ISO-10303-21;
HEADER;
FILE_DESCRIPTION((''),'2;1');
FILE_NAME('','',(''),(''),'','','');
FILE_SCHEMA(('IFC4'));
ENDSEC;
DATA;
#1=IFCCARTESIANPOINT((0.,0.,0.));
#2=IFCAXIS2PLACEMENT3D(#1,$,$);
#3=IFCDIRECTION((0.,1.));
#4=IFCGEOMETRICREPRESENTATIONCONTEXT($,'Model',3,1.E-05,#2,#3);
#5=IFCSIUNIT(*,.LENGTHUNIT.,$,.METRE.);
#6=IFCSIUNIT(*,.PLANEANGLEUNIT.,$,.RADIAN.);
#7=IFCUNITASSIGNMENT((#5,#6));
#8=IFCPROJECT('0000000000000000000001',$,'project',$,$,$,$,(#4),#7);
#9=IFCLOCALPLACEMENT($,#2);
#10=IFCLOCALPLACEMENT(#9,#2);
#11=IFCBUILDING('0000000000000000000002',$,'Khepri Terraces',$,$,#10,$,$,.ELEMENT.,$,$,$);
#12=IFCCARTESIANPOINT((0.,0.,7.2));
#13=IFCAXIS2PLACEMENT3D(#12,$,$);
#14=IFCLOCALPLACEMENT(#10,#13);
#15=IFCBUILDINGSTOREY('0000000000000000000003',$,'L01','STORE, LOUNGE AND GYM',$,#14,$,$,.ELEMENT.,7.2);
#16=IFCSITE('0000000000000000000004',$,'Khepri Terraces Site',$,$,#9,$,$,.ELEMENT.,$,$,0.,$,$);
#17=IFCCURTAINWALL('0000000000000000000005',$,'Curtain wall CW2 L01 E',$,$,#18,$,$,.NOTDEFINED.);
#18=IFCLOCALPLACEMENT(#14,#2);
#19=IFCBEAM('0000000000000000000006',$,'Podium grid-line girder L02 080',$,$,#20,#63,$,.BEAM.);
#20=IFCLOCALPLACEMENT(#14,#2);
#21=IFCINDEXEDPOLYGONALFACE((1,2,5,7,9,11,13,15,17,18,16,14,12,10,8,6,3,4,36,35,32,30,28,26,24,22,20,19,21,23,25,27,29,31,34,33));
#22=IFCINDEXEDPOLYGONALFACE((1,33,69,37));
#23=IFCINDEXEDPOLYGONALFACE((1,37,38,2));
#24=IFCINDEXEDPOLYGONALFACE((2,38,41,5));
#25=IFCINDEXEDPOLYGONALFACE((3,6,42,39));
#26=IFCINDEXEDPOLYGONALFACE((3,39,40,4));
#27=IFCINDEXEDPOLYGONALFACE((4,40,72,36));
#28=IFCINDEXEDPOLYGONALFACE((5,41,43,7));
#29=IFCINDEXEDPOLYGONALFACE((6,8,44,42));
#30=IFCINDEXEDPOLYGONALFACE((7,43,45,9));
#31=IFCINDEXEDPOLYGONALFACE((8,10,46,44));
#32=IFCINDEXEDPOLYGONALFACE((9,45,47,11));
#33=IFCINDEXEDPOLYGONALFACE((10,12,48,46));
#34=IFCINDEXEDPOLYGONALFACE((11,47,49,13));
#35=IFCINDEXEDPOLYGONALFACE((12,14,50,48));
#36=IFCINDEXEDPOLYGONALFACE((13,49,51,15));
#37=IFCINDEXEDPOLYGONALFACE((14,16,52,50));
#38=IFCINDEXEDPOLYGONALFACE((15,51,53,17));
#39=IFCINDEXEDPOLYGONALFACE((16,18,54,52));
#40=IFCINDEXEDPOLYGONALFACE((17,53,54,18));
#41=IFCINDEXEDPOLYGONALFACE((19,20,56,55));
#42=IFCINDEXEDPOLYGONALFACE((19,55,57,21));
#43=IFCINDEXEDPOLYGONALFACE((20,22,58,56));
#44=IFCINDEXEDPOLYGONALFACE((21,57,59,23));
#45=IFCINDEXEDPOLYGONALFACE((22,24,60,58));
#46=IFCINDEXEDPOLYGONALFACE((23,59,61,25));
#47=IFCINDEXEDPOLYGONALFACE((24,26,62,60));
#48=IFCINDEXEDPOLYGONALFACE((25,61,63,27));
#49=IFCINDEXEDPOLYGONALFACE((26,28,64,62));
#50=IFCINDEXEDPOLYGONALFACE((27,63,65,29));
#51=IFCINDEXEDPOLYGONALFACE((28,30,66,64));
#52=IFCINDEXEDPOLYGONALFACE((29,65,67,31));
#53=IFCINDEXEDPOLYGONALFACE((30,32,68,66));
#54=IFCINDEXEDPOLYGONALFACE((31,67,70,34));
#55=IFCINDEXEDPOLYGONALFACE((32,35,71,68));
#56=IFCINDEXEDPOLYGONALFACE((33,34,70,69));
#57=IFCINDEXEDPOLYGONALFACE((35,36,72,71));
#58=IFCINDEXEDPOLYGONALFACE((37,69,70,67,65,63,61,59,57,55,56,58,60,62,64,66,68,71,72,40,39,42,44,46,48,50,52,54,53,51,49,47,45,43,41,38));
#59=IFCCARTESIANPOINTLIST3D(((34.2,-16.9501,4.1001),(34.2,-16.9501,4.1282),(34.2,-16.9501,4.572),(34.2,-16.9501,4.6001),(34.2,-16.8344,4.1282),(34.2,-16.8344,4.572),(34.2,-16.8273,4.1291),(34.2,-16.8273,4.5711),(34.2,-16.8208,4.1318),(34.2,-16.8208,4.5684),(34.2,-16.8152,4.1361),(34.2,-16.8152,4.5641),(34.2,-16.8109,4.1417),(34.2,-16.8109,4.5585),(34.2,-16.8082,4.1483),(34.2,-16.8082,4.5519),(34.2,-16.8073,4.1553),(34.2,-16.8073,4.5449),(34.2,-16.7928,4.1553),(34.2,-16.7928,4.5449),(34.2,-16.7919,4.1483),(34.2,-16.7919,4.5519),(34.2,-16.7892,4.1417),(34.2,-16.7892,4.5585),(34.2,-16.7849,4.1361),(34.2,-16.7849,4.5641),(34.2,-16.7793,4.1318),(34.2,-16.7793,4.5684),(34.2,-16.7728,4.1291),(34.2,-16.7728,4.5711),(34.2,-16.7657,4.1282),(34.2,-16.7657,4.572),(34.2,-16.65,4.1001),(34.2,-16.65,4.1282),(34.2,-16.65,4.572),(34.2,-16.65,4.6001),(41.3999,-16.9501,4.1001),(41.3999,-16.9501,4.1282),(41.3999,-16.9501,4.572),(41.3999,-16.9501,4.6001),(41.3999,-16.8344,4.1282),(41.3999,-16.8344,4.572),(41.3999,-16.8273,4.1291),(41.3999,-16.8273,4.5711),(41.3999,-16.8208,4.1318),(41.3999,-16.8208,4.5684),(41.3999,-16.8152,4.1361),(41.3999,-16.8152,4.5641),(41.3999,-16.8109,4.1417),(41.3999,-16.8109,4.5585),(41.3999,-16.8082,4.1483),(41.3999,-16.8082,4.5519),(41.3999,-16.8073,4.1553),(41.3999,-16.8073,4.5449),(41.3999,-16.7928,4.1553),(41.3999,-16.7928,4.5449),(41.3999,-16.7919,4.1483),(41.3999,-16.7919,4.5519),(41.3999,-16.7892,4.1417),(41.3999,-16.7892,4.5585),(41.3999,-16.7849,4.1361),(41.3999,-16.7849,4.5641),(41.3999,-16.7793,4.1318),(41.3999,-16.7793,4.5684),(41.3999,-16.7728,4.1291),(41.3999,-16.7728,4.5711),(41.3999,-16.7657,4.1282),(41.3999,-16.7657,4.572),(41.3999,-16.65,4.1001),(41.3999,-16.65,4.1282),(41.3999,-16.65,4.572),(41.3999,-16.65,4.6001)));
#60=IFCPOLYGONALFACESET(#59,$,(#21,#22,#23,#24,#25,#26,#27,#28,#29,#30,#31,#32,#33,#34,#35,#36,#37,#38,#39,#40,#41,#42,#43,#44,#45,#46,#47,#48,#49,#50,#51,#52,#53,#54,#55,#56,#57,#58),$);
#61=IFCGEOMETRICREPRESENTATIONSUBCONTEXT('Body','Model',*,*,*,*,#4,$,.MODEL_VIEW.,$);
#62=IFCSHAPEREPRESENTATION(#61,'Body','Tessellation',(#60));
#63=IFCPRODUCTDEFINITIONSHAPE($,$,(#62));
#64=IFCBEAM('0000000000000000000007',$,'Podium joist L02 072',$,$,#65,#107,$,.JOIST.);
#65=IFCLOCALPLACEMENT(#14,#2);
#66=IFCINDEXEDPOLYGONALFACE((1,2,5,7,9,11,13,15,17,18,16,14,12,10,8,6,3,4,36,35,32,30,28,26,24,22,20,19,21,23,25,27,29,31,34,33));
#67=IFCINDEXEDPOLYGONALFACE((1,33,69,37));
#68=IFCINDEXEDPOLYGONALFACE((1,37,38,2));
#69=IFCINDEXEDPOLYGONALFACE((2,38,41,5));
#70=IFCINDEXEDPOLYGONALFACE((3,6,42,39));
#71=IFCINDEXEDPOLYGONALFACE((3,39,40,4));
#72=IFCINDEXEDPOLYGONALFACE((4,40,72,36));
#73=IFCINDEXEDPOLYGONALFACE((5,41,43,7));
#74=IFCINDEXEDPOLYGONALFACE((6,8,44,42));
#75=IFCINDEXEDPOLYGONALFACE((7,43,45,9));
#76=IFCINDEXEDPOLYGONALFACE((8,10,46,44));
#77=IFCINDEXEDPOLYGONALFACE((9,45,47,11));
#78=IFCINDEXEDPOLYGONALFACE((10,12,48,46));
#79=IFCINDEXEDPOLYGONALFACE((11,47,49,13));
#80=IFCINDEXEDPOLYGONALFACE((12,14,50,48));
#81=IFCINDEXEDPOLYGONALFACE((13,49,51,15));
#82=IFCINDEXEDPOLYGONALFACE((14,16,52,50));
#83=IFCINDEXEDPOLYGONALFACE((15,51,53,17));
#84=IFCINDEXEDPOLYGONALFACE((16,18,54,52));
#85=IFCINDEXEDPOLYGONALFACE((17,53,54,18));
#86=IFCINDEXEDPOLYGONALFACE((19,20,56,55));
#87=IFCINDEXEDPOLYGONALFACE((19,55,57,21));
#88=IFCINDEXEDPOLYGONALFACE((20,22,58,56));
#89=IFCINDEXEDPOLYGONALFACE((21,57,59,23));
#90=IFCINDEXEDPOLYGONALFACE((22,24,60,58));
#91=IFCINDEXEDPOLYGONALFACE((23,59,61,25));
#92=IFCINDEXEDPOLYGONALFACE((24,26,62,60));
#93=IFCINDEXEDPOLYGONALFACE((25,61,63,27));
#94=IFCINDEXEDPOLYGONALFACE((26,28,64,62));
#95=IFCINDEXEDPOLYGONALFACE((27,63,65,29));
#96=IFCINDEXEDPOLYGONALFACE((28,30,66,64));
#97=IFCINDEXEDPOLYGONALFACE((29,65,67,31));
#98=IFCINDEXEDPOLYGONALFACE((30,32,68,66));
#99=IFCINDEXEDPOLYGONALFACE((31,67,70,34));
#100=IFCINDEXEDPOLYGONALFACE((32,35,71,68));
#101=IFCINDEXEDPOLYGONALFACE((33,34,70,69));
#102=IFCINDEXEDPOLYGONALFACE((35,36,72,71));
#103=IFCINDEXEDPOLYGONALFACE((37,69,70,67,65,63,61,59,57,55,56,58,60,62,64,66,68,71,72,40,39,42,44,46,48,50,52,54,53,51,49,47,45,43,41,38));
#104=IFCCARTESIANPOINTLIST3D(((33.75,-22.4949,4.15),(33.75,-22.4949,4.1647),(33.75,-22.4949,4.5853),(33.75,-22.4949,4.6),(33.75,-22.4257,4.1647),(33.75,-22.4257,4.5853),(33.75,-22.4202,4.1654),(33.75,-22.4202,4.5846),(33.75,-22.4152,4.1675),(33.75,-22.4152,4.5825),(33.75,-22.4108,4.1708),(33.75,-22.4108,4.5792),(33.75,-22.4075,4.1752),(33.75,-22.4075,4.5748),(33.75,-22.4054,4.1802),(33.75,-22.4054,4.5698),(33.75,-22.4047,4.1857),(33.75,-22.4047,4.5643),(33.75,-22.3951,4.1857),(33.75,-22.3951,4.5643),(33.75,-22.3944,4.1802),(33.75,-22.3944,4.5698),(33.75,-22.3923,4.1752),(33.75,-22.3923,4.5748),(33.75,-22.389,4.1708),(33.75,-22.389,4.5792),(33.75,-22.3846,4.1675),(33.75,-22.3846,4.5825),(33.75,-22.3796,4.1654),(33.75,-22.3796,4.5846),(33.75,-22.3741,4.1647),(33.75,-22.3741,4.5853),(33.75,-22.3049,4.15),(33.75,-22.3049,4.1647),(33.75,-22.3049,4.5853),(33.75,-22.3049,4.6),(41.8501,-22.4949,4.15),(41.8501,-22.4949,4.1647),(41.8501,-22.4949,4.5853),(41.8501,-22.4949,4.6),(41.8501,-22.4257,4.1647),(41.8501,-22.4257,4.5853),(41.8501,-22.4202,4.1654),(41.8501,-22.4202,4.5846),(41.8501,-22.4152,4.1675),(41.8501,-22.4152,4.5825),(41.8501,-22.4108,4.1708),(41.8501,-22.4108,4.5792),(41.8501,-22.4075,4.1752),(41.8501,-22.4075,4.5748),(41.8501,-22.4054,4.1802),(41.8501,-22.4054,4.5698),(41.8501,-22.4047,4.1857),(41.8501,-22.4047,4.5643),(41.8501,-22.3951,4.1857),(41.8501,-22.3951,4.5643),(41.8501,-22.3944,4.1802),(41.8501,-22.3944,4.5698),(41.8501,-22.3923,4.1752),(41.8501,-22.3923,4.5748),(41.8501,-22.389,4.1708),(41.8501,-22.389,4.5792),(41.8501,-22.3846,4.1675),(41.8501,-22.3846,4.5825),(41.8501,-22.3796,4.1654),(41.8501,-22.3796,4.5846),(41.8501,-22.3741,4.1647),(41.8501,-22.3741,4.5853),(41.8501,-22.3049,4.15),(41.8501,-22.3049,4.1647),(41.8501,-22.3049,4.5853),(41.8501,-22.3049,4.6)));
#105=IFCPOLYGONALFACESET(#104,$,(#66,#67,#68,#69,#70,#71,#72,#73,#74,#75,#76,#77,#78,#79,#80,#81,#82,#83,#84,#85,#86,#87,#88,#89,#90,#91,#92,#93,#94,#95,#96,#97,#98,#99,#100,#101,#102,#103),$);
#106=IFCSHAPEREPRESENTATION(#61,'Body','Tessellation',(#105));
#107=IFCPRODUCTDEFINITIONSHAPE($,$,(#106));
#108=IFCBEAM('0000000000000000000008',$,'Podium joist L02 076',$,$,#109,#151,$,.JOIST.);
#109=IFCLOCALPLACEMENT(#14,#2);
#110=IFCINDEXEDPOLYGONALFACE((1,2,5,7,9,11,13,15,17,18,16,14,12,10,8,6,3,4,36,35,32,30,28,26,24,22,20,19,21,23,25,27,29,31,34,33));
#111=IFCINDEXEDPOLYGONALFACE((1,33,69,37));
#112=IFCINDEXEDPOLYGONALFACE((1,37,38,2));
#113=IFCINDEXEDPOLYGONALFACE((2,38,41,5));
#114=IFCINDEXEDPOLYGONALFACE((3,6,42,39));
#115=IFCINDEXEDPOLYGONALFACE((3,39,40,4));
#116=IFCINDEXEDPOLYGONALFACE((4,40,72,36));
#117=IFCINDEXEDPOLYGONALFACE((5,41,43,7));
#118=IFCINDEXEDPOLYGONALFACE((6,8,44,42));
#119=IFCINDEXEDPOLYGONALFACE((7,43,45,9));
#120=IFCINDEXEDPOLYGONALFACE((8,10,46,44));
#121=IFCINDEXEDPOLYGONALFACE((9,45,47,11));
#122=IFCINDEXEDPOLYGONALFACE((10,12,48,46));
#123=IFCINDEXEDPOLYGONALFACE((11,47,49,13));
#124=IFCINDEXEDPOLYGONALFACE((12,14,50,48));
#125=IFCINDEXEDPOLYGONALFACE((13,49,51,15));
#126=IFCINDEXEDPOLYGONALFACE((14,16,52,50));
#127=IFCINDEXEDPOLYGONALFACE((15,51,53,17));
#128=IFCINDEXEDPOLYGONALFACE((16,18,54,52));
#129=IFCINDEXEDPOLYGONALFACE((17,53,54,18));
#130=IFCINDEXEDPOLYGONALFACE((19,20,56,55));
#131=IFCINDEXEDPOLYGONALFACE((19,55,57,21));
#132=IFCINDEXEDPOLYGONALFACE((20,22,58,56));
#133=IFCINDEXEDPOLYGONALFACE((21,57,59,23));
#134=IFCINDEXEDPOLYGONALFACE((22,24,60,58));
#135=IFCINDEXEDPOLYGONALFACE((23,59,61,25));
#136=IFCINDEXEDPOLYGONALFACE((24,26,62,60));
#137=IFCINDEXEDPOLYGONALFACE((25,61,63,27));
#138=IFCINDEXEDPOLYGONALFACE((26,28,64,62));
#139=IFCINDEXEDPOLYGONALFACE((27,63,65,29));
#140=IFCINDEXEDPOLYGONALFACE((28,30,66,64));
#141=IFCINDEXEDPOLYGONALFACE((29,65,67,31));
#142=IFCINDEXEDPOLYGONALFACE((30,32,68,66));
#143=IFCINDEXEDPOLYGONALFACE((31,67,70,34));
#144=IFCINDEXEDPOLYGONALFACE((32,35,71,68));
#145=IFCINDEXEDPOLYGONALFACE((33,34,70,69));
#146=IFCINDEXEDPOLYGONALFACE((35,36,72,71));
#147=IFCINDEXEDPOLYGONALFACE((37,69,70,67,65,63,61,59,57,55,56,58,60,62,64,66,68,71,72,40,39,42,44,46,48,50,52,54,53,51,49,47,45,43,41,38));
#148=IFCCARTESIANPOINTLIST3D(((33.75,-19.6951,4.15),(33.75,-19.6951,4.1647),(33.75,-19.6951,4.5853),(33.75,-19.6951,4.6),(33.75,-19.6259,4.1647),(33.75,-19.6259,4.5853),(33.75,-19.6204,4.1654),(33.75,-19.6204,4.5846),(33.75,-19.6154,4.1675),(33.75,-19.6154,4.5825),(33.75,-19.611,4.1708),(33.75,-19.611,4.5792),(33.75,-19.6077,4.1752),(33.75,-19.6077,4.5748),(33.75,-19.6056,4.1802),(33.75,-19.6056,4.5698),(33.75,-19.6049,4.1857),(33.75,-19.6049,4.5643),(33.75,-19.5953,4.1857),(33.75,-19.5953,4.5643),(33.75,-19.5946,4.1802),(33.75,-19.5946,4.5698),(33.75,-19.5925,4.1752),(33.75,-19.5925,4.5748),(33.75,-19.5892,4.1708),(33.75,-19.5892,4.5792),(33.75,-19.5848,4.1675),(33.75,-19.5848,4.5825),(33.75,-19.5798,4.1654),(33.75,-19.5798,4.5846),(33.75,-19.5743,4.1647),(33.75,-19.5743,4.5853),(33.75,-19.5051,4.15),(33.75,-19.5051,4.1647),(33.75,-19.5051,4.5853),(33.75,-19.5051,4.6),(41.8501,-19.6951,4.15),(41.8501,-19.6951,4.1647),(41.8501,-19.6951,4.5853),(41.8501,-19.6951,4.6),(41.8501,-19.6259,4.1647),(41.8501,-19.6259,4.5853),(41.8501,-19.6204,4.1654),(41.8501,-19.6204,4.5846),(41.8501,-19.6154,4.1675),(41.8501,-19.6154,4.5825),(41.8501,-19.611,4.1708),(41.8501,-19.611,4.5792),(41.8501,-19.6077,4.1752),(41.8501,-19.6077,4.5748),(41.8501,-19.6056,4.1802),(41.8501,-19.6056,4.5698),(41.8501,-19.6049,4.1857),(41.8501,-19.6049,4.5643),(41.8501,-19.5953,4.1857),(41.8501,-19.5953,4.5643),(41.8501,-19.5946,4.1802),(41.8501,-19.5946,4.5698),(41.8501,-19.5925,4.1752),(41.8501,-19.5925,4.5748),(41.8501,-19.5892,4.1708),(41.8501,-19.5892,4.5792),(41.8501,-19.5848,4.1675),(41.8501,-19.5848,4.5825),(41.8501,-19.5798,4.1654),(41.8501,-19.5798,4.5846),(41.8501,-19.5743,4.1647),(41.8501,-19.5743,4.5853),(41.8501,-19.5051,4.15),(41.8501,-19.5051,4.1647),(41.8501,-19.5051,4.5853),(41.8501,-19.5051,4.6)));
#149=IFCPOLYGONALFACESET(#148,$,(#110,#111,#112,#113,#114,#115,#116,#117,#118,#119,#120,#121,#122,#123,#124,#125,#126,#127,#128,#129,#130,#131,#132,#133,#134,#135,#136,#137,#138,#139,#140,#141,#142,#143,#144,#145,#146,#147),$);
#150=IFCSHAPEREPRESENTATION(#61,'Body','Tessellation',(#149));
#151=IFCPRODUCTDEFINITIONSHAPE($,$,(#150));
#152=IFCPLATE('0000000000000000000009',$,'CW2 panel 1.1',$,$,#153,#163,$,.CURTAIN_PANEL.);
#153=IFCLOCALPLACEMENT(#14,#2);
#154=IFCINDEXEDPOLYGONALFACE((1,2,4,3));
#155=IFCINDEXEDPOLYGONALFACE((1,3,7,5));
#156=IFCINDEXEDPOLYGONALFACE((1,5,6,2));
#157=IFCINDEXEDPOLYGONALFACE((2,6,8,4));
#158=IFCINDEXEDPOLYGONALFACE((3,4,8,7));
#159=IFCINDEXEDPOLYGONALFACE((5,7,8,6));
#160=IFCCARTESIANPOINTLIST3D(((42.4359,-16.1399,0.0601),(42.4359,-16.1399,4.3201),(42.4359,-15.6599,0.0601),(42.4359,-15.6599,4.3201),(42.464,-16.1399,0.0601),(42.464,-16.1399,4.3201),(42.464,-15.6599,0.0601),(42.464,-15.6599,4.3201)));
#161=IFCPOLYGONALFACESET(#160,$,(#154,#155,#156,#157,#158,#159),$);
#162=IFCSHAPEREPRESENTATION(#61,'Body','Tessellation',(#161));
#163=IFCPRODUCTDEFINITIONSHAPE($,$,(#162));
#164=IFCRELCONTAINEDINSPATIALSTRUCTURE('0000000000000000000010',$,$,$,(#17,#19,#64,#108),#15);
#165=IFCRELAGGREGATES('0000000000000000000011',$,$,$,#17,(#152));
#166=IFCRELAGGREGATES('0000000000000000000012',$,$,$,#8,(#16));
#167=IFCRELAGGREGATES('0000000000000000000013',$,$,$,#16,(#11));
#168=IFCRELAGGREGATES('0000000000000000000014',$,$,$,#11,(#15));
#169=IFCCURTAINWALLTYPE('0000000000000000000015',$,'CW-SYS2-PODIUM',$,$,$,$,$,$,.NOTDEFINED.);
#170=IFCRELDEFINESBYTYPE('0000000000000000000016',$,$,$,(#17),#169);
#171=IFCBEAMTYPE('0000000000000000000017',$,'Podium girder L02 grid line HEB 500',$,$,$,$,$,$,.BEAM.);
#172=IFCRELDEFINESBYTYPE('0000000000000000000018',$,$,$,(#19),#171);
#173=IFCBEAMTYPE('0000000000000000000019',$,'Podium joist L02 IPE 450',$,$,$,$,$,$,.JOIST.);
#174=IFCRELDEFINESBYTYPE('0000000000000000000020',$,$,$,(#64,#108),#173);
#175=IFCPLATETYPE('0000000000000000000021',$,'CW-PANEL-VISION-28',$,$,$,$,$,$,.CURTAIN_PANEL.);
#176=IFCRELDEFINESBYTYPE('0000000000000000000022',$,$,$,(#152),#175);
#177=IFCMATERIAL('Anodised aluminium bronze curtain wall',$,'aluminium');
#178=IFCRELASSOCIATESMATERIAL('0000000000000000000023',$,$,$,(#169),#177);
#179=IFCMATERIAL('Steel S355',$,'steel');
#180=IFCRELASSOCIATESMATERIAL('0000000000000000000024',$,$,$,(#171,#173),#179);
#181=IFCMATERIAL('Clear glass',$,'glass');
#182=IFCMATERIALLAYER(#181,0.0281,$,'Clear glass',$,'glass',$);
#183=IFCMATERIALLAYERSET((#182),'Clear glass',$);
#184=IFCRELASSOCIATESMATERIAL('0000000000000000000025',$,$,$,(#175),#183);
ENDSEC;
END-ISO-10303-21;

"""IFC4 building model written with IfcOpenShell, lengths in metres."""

from ifc_helpers import new_model, si_unit, direction, frame, origin, origin_2d, place, context, subcontext, project, spatial, rectangle, i_section, extrude, material, layer, layer_set, material_profile, profile_set, type_object, element, aggregate, save


model = new_model("IFC4")

# Units and contexts
model_context = context("Model", 3, precision=1e-05, world=origin(), true_north=direction((0.0, 1.0)))
body_context = subcontext(model_context, "Body", "Model", "MODEL_VIEW")
ifc_project = project(units=[si_unit("LENGTHUNIT", "METRE"), si_unit("PLANEANGLEUNIT", "RADIAN")], contexts=[model_context])

# Site, building, storey
site_placement = place(None, origin())
site = spatial("IfcSite", under=ifc_project, at=site_placement, Name="Khepri Terraces Site", CompositionType="ELEMENT", RefElevation=0.0)
building_placement = place(site_placement, origin())
building = spatial("IfcBuilding", under=site, at=building_placement, Name="Khepri Terraces", CompositionType="ELEMENT")
storey_placement = place(building_placement, frame((0.0, 0.0, 7.2)))
storey = spatial("IfcBuildingStorey", under=building, at=storey_placement, Name="L01", Description="STORE, LOUNGE AND GYM", CompositionType="ELEMENT", Elevation=7.2)

# Curtain wall
ifc_material_1 = material(Name="Anodised aluminium bronze curtain wall", Category="aluminium")
curtain_wall_type = type_object("IfcCurtainWallType", Name="CW-SYS2-PODIUM", PredefinedType="NOTDEFINED", material=ifc_material_1)
curtain_wall_placement = place(storey_placement, origin())
curtain_wall = element("IfcCurtainWall", 1, at=curtain_wall_placement, inside=storey, type_object=curtain_wall_type, Name="Curtain wall CW2 L01 E", PredefinedType="NOTDEFINED")

# Beams
ifc_material_2 = material(Name="Steel S355", Category="steel")
ifc_material_profile_1 = material_profile(ifc_material_2, i_section(OverallWidth=0.3, OverallDepth=0.5, WebThickness=0.0144, FlangeThickness=0.0281, FilletRadius=0.0271, at=origin_2d()), Name="Steel S355", Category="steel")
ifc_profile_set_1 = profile_set([ifc_material_profile_1], Name="Steel S355")
beam_type_1 = type_object("IfcBeamType", Name="Podium girder L02 grid line HEB 500", PredefinedType="BEAM", material=ifc_profile_set_1)
beam_1_placement = place(storey_placement, frame((34.2, -16.8, 4.3501), z_axis=(1.0, 0.0, 0.0), x_axis=(0.0, 1.0, 0.0)))
element("IfcBeam", 2, at=beam_1_placement, inside=storey, type_object=beam_type_1, Name="Podium grid-line girder L02 080", PredefinedType="BEAM", context=body_context, shape_type="SweptSolid", body=[
    extrude(i_section(OverallWidth=0.3, OverallDepth=0.5, WebThickness=0.0144, FlangeThickness=0.0281, FilletRadius=0.0271, at=origin_2d()), origin(), (0.0, 0.0, 1.0), 7.2),
])
ifc_material_profile_2 = material_profile(ifc_material_2, i_section(OverallWidth=0.1899, OverallDepth=0.45, WebThickness=0.0095, FlangeThickness=0.0146, FilletRadius=0.021, at=origin_2d()), Name="Steel S355", Category="steel")
ifc_profile_set_2 = profile_set([ifc_material_profile_2], Name="Steel S355")
beam_type_2 = type_object("IfcBeamType", Name="Podium joist L02 IPE 450", PredefinedType="JOIST", material=ifc_profile_set_2)
for number, where, z_axis, x_axis, name in (
    (3, (33.75, -22.3999, 4.375), (1.0, 0.0, 0.0), (0.0, 1.0, 0.0), "Podium joist L02 072"),
    (4, (33.75, -19.6001, 4.375), (1.0, 0.0, 0.0), (0.0, 1.0, 0.0), "Podium joist L02 076"),
):
    element("IfcBeam", number, at=place(storey_placement, frame(where, z_axis=z_axis, x_axis=x_axis)), inside=storey, type_object=beam_type_2, Name=name, PredefinedType="JOIST", context=body_context, shape_type="SweptSolid", body=[
        extrude(i_section(OverallWidth=0.1899, OverallDepth=0.45, WebThickness=0.0095, FlangeThickness=0.0146, FilletRadius=0.021, at=origin_2d()), origin(), (0.0, 0.0, 1.0), 8.1001),
    ])

# Plate
ifc_material_3 = material(Name="Clear glass", Category="glass")
ifc_layer_1 = layer(ifc_material_3, 0.0281, Name="Clear glass", Category="glass")
ifc_layer_set_1 = layer_set([ifc_layer_1], Name="Clear glass")
plate_type = type_object("IfcPlateType", Name="CW-PANEL-VISION-28", PredefinedType="CURTAIN_PANEL", material=ifc_layer_set_1)
plate_placement = place(storey_placement, frame((42.45, -15.8999, 0.0601), z_axis=(0.0, 0.0, 1.0), x_axis=(0.0, 1.0, 0.0)))
plate = element("IfcPlate", 5, at=plate_placement, type_object=plate_type, Name="CW2 panel 1.1", PredefinedType="CURTAIN_PANEL", context=body_context, shape_type="SweptSolid", body=[
    extrude(rectangle(XDim=0.48, YDim=0.0281, at=origin_2d()), origin(), (0.0, 0.0, 1.0), 4.26),
])
aggregate(curtain_wall, [plate])

save(model, "model.ifc")
